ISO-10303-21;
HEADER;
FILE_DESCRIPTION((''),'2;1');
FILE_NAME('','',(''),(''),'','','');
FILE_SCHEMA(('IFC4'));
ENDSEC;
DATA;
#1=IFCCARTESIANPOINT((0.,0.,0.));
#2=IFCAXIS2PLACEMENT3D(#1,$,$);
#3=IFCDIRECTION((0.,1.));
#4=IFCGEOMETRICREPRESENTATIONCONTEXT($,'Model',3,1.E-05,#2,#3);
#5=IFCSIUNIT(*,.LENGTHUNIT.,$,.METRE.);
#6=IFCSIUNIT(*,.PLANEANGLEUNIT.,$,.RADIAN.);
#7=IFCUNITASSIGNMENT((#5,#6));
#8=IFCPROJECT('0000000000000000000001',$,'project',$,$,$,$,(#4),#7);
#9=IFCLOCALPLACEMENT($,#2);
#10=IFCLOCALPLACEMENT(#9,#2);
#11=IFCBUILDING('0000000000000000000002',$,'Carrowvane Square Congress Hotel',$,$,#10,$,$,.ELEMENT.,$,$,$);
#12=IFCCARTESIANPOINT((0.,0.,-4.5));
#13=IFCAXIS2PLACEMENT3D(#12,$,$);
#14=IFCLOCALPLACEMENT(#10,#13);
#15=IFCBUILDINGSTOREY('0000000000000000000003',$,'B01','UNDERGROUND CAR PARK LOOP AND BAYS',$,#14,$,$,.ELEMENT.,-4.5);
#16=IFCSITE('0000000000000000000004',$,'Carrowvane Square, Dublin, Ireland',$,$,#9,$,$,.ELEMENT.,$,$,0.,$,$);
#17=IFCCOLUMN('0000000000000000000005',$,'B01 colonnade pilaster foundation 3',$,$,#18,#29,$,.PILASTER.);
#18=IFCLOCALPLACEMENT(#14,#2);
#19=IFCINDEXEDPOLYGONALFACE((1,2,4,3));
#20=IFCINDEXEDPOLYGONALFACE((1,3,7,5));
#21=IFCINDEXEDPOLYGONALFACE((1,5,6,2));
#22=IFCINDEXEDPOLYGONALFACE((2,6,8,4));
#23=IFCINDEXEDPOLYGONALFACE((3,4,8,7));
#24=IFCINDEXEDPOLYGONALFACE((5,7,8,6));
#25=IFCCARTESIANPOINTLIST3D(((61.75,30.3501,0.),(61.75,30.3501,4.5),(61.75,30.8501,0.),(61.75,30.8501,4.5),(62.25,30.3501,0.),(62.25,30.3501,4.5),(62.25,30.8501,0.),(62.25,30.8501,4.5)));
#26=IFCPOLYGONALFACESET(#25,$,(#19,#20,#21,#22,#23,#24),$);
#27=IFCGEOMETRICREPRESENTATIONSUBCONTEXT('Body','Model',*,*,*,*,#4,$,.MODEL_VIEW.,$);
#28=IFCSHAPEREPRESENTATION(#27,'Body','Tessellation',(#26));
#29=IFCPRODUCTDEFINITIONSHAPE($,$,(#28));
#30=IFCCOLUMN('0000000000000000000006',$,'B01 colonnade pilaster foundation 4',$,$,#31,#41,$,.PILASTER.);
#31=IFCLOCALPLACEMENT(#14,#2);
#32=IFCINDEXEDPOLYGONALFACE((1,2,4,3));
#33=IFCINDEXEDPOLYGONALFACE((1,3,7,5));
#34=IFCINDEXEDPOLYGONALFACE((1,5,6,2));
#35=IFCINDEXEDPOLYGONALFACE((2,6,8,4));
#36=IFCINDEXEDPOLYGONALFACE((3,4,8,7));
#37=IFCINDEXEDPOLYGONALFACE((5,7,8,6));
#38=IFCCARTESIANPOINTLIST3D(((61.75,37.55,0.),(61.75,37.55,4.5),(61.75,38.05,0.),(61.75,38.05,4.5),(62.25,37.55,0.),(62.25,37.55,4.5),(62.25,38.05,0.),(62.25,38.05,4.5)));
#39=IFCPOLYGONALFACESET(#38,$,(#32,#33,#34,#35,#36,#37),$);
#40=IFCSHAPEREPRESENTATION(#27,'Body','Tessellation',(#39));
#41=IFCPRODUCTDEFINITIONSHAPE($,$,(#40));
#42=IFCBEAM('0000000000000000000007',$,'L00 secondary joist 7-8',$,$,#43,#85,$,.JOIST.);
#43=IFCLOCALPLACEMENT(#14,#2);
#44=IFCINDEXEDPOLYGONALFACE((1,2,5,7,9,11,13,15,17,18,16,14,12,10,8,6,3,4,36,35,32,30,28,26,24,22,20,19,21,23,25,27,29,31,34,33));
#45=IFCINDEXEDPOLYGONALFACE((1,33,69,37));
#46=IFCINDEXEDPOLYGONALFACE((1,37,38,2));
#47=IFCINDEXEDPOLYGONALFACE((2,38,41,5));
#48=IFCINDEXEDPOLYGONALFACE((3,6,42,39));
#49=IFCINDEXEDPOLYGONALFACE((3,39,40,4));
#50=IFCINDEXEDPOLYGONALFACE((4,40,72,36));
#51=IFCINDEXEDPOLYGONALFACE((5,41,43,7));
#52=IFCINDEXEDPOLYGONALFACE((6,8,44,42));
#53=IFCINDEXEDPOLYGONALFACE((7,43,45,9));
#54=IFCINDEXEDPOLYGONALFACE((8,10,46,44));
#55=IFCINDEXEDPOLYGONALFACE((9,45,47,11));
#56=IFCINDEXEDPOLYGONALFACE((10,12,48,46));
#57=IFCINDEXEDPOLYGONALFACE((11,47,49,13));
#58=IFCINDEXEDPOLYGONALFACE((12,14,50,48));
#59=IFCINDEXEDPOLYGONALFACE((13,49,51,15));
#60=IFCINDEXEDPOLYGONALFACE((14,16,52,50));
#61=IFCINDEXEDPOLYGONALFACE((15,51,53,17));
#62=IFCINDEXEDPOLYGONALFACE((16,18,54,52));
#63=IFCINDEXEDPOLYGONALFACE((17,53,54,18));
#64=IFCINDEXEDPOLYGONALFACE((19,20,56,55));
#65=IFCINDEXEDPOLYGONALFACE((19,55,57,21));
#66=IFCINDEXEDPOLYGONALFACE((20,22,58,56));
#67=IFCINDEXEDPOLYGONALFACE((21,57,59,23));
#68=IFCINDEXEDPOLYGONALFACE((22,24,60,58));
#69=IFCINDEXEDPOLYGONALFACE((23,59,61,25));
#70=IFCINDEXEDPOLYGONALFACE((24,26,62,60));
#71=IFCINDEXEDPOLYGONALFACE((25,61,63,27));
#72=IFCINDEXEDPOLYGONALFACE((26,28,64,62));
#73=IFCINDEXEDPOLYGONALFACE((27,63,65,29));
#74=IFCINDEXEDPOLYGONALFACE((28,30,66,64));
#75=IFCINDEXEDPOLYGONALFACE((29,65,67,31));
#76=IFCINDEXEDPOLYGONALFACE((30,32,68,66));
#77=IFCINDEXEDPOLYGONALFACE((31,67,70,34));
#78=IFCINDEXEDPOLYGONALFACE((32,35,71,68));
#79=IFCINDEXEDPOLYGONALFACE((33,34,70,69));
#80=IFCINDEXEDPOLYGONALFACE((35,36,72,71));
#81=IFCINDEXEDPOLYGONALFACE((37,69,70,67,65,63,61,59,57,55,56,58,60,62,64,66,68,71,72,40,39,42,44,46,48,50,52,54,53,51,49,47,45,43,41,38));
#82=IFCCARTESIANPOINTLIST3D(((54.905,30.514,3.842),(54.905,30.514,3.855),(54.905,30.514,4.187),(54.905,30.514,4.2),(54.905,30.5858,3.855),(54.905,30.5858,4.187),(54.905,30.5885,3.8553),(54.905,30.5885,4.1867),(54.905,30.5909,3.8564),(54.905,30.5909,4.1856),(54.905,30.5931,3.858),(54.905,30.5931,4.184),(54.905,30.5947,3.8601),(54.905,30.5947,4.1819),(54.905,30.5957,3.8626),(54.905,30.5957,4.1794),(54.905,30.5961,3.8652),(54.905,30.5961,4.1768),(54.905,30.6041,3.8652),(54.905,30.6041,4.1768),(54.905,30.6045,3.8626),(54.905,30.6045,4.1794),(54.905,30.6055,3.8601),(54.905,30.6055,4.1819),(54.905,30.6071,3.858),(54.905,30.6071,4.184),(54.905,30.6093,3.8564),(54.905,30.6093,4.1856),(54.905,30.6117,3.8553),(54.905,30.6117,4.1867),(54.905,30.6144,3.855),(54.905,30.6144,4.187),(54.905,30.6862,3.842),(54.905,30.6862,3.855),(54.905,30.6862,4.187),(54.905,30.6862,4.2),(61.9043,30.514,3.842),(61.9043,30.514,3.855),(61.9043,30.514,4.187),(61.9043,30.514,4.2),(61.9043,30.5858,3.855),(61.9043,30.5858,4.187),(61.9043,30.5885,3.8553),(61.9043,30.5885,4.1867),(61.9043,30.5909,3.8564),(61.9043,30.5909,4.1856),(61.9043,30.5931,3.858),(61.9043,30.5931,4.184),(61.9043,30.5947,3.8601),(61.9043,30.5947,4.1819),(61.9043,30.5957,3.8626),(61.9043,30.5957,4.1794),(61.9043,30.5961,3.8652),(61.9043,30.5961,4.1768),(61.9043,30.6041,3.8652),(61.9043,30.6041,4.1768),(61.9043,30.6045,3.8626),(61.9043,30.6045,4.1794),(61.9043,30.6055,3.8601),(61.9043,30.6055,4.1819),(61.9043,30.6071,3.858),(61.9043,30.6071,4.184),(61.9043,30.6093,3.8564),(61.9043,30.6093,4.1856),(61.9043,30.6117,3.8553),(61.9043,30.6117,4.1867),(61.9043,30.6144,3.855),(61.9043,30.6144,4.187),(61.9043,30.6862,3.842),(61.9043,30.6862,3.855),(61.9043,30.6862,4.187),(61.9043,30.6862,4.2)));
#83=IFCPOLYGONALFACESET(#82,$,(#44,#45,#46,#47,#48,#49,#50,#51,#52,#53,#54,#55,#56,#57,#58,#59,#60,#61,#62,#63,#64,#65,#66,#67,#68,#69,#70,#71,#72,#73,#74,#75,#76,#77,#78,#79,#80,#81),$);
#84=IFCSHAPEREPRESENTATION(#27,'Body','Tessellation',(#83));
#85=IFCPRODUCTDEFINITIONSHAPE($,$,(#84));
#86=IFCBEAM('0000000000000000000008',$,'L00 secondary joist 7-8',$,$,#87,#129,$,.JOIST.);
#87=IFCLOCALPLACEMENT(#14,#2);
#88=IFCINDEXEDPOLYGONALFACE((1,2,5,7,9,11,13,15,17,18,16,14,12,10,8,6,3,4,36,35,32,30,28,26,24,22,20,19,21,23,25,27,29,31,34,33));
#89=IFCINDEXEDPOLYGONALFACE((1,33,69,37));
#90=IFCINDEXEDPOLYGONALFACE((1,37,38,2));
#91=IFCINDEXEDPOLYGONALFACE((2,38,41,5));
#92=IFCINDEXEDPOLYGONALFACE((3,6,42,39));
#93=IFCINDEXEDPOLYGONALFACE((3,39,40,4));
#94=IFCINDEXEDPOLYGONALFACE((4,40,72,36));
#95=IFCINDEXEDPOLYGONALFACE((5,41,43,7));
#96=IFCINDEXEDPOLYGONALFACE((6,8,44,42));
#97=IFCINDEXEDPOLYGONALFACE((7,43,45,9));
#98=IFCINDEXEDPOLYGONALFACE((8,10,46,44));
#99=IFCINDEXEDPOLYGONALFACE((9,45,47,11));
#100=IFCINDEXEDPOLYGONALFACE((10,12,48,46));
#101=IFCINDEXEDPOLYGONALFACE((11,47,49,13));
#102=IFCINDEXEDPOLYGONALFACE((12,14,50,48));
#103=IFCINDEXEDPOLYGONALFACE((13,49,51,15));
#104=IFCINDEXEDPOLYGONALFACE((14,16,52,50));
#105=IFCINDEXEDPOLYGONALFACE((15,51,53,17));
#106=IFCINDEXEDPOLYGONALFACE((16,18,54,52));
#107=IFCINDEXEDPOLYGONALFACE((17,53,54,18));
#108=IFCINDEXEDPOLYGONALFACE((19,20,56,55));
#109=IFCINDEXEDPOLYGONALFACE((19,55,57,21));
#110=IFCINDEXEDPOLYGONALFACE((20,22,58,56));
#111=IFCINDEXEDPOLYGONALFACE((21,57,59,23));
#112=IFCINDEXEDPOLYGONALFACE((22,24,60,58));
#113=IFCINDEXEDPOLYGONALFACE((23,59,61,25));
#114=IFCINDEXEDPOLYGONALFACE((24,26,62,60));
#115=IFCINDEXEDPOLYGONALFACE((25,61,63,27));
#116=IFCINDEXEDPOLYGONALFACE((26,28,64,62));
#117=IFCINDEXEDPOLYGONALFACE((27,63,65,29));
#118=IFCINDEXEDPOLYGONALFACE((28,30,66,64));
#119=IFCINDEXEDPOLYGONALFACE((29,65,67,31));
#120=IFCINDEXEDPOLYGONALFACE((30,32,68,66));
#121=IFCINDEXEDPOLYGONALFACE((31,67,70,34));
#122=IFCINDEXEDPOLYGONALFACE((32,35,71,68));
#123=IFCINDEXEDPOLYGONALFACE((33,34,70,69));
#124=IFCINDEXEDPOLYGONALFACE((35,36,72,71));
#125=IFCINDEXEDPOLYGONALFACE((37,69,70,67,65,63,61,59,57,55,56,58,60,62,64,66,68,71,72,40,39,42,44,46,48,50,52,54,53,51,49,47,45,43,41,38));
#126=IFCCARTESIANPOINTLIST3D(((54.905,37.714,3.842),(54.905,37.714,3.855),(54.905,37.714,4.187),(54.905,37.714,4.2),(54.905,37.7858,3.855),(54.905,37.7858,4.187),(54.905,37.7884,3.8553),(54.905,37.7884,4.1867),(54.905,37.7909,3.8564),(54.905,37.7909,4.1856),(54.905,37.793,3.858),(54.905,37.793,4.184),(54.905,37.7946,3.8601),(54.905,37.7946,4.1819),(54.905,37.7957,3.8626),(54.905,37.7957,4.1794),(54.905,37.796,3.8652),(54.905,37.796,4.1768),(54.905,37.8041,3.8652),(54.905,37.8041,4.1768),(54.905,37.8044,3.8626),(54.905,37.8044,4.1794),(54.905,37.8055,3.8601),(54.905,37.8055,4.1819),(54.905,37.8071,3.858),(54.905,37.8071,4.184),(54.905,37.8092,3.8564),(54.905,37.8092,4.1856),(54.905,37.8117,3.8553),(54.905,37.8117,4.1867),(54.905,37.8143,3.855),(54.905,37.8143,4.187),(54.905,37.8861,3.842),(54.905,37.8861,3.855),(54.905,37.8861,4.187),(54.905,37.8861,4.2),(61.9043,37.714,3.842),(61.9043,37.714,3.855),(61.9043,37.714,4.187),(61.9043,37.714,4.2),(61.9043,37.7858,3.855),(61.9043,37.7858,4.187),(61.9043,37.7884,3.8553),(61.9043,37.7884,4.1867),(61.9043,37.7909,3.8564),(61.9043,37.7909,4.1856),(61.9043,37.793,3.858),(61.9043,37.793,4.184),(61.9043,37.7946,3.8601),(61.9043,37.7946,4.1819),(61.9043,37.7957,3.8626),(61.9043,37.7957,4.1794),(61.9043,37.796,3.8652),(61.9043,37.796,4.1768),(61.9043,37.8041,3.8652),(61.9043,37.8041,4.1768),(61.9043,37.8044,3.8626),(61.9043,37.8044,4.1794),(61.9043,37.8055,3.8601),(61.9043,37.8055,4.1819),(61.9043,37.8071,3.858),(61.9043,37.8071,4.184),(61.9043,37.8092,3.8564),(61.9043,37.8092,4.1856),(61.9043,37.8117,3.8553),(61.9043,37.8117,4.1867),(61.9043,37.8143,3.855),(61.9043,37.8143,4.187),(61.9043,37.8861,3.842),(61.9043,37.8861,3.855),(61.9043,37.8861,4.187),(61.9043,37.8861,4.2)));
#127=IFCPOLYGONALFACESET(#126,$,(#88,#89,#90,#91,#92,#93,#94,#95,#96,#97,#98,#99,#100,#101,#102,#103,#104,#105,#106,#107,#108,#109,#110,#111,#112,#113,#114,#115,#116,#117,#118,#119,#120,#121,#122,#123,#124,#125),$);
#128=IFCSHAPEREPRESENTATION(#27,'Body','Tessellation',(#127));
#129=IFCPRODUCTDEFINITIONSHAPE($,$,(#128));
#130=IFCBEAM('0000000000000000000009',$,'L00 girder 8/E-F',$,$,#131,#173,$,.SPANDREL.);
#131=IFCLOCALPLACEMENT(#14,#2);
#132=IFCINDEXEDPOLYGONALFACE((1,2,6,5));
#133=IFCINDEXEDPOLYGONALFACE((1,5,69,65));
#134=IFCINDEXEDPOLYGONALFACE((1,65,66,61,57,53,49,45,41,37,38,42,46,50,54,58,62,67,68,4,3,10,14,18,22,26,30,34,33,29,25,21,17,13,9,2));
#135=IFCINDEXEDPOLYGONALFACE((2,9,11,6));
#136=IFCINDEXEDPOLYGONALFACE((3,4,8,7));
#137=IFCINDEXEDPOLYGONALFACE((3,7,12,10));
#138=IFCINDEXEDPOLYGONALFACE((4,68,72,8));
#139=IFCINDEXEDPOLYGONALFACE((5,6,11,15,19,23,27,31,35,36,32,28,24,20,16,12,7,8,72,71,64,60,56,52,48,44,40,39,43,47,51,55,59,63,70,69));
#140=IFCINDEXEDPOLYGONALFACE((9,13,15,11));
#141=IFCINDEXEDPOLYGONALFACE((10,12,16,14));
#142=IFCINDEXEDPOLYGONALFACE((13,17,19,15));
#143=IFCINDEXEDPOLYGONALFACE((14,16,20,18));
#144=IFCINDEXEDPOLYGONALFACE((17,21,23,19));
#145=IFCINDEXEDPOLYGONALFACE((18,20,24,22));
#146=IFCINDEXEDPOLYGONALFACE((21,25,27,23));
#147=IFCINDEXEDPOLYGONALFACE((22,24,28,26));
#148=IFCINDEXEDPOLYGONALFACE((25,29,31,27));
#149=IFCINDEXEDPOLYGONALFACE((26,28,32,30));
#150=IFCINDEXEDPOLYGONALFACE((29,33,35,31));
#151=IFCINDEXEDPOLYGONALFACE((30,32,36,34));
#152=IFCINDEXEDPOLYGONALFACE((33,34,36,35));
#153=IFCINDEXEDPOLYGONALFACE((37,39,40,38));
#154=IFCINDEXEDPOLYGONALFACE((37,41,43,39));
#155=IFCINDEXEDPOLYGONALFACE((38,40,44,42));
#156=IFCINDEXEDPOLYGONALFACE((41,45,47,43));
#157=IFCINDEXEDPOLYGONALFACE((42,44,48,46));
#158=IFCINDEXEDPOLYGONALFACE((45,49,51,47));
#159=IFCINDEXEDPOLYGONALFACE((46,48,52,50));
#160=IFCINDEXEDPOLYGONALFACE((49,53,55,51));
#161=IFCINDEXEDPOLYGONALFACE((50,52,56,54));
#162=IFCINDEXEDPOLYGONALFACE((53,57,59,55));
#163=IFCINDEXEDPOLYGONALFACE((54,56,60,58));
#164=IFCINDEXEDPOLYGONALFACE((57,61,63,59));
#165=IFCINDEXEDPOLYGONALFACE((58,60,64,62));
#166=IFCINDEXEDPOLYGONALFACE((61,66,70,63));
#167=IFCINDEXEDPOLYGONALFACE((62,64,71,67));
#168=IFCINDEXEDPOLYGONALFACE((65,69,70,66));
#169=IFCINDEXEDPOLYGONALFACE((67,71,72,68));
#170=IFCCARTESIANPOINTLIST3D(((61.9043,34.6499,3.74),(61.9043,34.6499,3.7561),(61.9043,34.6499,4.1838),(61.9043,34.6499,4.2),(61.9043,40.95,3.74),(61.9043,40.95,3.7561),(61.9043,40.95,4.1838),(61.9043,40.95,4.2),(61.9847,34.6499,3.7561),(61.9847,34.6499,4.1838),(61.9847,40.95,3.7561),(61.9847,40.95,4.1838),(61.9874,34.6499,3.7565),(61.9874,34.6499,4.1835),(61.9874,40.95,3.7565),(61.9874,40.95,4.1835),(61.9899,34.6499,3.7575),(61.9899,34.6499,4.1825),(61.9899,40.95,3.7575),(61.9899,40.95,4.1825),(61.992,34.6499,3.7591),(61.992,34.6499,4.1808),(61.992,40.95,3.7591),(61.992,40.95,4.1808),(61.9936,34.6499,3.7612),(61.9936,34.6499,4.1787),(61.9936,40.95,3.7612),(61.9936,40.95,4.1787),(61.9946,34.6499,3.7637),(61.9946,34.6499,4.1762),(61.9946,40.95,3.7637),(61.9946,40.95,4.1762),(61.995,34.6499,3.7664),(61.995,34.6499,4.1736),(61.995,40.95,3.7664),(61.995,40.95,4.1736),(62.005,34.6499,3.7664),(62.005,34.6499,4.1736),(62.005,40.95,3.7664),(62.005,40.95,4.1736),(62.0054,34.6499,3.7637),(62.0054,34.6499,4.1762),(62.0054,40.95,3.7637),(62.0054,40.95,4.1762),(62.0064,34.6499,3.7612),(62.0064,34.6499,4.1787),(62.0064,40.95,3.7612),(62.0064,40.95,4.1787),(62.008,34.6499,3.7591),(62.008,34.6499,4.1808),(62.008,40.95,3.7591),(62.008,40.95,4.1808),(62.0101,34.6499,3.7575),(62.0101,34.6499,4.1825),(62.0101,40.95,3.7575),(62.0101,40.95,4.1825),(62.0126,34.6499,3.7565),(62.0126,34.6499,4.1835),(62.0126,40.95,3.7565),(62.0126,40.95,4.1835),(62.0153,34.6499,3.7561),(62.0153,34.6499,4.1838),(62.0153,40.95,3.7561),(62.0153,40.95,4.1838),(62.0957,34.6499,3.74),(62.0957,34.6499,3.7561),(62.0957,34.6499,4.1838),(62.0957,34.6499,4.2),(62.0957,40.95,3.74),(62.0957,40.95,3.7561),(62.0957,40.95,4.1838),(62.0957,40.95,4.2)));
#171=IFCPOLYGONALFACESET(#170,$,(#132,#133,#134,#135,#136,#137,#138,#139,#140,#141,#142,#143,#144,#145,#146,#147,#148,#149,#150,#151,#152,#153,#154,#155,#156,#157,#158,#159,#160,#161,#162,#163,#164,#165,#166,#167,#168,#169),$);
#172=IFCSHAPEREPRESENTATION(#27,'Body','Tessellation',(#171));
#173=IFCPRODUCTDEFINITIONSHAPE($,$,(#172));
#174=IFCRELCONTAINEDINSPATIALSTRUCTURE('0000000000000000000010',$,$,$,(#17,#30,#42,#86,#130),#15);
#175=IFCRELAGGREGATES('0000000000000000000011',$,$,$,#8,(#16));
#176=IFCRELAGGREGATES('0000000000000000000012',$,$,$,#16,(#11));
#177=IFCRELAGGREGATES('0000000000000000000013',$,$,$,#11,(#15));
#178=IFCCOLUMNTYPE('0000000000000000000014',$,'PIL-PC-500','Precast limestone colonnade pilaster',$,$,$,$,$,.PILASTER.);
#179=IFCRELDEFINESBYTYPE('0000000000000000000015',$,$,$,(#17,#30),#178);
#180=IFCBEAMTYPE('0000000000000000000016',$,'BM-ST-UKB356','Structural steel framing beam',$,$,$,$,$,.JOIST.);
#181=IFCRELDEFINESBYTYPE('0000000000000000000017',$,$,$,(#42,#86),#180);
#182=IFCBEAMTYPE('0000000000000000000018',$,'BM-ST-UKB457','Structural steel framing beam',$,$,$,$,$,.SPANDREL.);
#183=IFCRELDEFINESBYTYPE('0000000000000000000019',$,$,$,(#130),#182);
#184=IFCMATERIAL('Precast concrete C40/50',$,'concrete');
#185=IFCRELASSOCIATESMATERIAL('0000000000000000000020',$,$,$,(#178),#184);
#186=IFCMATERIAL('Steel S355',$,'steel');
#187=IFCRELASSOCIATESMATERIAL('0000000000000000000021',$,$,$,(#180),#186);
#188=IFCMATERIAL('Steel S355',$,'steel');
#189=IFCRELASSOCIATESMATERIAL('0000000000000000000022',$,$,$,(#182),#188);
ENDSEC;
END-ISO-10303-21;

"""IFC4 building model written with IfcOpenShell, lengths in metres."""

from ifc_helpers import new_model, si_unit, direction, frame, origin, origin_2d, place, context, subcontext, project, spatial, rectangle, i_section, extrude, material, material_profile, profile_set, type_object, element, save


model = new_model("IFC4")

# Units and contexts
model_context = context("Model", 3, precision=1e-05, world=origin(), true_north=direction((0.0, 1.0)))
body_context = subcontext(model_context, "Body", "Model", "MODEL_VIEW")
ifc_project = project(units=[si_unit("LENGTHUNIT", "METRE"), si_unit("PLANEANGLEUNIT", "RADIAN")], contexts=[model_context])

# Site, building, storey
site_placement = place(None, origin())
site = spatial("IfcSite", under=ifc_project, at=site_placement, Name="Carrowvane Square, Dublin, Ireland", CompositionType="ELEMENT", RefElevation=0.0)
building_placement = place(site_placement, origin())
building = spatial("IfcBuilding", under=site, at=building_placement, Name="Carrowvane Square Congress Hotel", CompositionType="ELEMENT")
storey_placement = place(building_placement, frame((0.0, 0.0, -4.5)))
storey = spatial("IfcBuildingStorey", under=building, at=storey_placement, Name="B01", Description="UNDERGROUND CAR PARK LOOP AND BAYS", CompositionType="ELEMENT", Elevation=-4.5)

# Columns
ifc_material_1 = material(Name="Precast concrete C40/50", Category="concrete")
ifc_material_profile_1 = material_profile(ifc_material_1, rectangle(XDim=0.5, YDim=0.5, at=origin_2d()), Name="RC 500x500")
ifc_profile_set_1 = profile_set([ifc_material_profile_1], Name="Precast concrete C40/50")
column_type_1 = type_object("IfcColumnType", Name="PIL-PC-500", Description="Precast limestone colonnade pilaster", PredefinedType="PILASTER", material=ifc_profile_set_1)
for number, where, z_axis, x_axis, name in (
    (1, (62.0, 30.6001, 0.0), (0.0, 0.0, 1.0), (1.0, 0.0, 0.0), "B01 colonnade pilaster foundation 3"),
    (2, (62.0, 37.8, 0.0), (0.0, 0.0, 1.0), (1.0, 0.0, 0.0), "B01 colonnade pilaster foundation 4"),
):
    element("IfcColumn", number, at=place(storey_placement, frame(where, z_axis=z_axis, x_axis=x_axis)), inside=storey, type_object=column_type_1, Name=name, PredefinedType="PILASTER", context=body_context, shape_type="SweptSolid", body=[
        extrude(rectangle(XDim=0.5, YDim=0.5, at=origin_2d()), origin(), (0.0, 0.0, 1.0), 4.5),
    ])

# Beams
ifc_material_2 = material(Name="Steel S355", Category="steel")
ifc_material_profile_2 = material_profile(ifc_material_2, i_section(OverallWidth=0.1721, OverallDepth=0.3579, WebThickness=0.0081, FlangeThickness=0.0129, FilletRadius=0.0103, at=origin_2d()), Name="UKB 356x171x57")
ifc_profile_set_2 = profile_set([ifc_material_profile_2], Name="Steel S355")
beam_type_1 = type_object("IfcBeamType", Name="BM-ST-UKB356", Description="Structural steel framing beam", PredefinedType="JOIST", material=ifc_profile_set_2)
for number, where, z_axis, x_axis, name in (
    (3, (54.905, 30.6001, 4.021), (1.0, 0.0, 0.0), (0.0, 1.0, 0.0), "L00 secondary joist 7-8"),
    (4, (54.905, 37.8, 4.021), (1.0, 0.0, 0.0), (0.0, 1.0, 0.0), "L00 secondary joist 7-8"),
):
    element("IfcBeam", number, at=place(storey_placement, frame(where, z_axis=z_axis, x_axis=x_axis)), inside=storey, type_object=beam_type_1, Name=name, PredefinedType="JOIST", context=body_context, shape_type="SweptSolid", body=[
        extrude(i_section(OverallWidth=0.1721, OverallDepth=0.3579, WebThickness=0.0081, FlangeThickness=0.0129, FilletRadius=0.0103, at=origin_2d()), origin(), (0.0, 0.0, 1.0), 6.9993),
    ])
ifc_material_3 = material(Name="Steel S355", Category="steel")
ifc_material_profile_3 = material_profile(ifc_material_3, i_section(OverallWidth=0.1914, OverallDepth=0.46, WebThickness=0.01, FlangeThickness=0.0161, FilletRadius=0.0103, at=origin_2d()), Name="UKB 457x191x82")
ifc_profile_set_3 = profile_set([ifc_material_profile_3], Name="Steel S355")
beam_type_2 = type_object("IfcBeamType", Name="BM-ST-UKB457", Description="Structural steel framing beam", PredefinedType="SPANDREL", material=ifc_profile_set_3)
beam_1_placement = place(storey_placement, frame((62.0, 34.6499, 3.97), z_axis=(0.0, 1.0, 0.0), x_axis=(-1.0, 0.0, 0.0)))
element("IfcBeam", 5, at=beam_1_placement, inside=storey, type_object=beam_type_2, Name="L00 girder 8/E-F", PredefinedType="SPANDREL", context=body_context, shape_type="SweptSolid", body=[
    extrude(i_section(OverallWidth=0.1914, OverallDepth=0.46, WebThickness=0.01, FlangeThickness=0.0161, FilletRadius=0.0103, at=origin_2d()), origin(), (0.0, 0.0, 1.0), 6.3),
])

save(model, "model.ifc")
